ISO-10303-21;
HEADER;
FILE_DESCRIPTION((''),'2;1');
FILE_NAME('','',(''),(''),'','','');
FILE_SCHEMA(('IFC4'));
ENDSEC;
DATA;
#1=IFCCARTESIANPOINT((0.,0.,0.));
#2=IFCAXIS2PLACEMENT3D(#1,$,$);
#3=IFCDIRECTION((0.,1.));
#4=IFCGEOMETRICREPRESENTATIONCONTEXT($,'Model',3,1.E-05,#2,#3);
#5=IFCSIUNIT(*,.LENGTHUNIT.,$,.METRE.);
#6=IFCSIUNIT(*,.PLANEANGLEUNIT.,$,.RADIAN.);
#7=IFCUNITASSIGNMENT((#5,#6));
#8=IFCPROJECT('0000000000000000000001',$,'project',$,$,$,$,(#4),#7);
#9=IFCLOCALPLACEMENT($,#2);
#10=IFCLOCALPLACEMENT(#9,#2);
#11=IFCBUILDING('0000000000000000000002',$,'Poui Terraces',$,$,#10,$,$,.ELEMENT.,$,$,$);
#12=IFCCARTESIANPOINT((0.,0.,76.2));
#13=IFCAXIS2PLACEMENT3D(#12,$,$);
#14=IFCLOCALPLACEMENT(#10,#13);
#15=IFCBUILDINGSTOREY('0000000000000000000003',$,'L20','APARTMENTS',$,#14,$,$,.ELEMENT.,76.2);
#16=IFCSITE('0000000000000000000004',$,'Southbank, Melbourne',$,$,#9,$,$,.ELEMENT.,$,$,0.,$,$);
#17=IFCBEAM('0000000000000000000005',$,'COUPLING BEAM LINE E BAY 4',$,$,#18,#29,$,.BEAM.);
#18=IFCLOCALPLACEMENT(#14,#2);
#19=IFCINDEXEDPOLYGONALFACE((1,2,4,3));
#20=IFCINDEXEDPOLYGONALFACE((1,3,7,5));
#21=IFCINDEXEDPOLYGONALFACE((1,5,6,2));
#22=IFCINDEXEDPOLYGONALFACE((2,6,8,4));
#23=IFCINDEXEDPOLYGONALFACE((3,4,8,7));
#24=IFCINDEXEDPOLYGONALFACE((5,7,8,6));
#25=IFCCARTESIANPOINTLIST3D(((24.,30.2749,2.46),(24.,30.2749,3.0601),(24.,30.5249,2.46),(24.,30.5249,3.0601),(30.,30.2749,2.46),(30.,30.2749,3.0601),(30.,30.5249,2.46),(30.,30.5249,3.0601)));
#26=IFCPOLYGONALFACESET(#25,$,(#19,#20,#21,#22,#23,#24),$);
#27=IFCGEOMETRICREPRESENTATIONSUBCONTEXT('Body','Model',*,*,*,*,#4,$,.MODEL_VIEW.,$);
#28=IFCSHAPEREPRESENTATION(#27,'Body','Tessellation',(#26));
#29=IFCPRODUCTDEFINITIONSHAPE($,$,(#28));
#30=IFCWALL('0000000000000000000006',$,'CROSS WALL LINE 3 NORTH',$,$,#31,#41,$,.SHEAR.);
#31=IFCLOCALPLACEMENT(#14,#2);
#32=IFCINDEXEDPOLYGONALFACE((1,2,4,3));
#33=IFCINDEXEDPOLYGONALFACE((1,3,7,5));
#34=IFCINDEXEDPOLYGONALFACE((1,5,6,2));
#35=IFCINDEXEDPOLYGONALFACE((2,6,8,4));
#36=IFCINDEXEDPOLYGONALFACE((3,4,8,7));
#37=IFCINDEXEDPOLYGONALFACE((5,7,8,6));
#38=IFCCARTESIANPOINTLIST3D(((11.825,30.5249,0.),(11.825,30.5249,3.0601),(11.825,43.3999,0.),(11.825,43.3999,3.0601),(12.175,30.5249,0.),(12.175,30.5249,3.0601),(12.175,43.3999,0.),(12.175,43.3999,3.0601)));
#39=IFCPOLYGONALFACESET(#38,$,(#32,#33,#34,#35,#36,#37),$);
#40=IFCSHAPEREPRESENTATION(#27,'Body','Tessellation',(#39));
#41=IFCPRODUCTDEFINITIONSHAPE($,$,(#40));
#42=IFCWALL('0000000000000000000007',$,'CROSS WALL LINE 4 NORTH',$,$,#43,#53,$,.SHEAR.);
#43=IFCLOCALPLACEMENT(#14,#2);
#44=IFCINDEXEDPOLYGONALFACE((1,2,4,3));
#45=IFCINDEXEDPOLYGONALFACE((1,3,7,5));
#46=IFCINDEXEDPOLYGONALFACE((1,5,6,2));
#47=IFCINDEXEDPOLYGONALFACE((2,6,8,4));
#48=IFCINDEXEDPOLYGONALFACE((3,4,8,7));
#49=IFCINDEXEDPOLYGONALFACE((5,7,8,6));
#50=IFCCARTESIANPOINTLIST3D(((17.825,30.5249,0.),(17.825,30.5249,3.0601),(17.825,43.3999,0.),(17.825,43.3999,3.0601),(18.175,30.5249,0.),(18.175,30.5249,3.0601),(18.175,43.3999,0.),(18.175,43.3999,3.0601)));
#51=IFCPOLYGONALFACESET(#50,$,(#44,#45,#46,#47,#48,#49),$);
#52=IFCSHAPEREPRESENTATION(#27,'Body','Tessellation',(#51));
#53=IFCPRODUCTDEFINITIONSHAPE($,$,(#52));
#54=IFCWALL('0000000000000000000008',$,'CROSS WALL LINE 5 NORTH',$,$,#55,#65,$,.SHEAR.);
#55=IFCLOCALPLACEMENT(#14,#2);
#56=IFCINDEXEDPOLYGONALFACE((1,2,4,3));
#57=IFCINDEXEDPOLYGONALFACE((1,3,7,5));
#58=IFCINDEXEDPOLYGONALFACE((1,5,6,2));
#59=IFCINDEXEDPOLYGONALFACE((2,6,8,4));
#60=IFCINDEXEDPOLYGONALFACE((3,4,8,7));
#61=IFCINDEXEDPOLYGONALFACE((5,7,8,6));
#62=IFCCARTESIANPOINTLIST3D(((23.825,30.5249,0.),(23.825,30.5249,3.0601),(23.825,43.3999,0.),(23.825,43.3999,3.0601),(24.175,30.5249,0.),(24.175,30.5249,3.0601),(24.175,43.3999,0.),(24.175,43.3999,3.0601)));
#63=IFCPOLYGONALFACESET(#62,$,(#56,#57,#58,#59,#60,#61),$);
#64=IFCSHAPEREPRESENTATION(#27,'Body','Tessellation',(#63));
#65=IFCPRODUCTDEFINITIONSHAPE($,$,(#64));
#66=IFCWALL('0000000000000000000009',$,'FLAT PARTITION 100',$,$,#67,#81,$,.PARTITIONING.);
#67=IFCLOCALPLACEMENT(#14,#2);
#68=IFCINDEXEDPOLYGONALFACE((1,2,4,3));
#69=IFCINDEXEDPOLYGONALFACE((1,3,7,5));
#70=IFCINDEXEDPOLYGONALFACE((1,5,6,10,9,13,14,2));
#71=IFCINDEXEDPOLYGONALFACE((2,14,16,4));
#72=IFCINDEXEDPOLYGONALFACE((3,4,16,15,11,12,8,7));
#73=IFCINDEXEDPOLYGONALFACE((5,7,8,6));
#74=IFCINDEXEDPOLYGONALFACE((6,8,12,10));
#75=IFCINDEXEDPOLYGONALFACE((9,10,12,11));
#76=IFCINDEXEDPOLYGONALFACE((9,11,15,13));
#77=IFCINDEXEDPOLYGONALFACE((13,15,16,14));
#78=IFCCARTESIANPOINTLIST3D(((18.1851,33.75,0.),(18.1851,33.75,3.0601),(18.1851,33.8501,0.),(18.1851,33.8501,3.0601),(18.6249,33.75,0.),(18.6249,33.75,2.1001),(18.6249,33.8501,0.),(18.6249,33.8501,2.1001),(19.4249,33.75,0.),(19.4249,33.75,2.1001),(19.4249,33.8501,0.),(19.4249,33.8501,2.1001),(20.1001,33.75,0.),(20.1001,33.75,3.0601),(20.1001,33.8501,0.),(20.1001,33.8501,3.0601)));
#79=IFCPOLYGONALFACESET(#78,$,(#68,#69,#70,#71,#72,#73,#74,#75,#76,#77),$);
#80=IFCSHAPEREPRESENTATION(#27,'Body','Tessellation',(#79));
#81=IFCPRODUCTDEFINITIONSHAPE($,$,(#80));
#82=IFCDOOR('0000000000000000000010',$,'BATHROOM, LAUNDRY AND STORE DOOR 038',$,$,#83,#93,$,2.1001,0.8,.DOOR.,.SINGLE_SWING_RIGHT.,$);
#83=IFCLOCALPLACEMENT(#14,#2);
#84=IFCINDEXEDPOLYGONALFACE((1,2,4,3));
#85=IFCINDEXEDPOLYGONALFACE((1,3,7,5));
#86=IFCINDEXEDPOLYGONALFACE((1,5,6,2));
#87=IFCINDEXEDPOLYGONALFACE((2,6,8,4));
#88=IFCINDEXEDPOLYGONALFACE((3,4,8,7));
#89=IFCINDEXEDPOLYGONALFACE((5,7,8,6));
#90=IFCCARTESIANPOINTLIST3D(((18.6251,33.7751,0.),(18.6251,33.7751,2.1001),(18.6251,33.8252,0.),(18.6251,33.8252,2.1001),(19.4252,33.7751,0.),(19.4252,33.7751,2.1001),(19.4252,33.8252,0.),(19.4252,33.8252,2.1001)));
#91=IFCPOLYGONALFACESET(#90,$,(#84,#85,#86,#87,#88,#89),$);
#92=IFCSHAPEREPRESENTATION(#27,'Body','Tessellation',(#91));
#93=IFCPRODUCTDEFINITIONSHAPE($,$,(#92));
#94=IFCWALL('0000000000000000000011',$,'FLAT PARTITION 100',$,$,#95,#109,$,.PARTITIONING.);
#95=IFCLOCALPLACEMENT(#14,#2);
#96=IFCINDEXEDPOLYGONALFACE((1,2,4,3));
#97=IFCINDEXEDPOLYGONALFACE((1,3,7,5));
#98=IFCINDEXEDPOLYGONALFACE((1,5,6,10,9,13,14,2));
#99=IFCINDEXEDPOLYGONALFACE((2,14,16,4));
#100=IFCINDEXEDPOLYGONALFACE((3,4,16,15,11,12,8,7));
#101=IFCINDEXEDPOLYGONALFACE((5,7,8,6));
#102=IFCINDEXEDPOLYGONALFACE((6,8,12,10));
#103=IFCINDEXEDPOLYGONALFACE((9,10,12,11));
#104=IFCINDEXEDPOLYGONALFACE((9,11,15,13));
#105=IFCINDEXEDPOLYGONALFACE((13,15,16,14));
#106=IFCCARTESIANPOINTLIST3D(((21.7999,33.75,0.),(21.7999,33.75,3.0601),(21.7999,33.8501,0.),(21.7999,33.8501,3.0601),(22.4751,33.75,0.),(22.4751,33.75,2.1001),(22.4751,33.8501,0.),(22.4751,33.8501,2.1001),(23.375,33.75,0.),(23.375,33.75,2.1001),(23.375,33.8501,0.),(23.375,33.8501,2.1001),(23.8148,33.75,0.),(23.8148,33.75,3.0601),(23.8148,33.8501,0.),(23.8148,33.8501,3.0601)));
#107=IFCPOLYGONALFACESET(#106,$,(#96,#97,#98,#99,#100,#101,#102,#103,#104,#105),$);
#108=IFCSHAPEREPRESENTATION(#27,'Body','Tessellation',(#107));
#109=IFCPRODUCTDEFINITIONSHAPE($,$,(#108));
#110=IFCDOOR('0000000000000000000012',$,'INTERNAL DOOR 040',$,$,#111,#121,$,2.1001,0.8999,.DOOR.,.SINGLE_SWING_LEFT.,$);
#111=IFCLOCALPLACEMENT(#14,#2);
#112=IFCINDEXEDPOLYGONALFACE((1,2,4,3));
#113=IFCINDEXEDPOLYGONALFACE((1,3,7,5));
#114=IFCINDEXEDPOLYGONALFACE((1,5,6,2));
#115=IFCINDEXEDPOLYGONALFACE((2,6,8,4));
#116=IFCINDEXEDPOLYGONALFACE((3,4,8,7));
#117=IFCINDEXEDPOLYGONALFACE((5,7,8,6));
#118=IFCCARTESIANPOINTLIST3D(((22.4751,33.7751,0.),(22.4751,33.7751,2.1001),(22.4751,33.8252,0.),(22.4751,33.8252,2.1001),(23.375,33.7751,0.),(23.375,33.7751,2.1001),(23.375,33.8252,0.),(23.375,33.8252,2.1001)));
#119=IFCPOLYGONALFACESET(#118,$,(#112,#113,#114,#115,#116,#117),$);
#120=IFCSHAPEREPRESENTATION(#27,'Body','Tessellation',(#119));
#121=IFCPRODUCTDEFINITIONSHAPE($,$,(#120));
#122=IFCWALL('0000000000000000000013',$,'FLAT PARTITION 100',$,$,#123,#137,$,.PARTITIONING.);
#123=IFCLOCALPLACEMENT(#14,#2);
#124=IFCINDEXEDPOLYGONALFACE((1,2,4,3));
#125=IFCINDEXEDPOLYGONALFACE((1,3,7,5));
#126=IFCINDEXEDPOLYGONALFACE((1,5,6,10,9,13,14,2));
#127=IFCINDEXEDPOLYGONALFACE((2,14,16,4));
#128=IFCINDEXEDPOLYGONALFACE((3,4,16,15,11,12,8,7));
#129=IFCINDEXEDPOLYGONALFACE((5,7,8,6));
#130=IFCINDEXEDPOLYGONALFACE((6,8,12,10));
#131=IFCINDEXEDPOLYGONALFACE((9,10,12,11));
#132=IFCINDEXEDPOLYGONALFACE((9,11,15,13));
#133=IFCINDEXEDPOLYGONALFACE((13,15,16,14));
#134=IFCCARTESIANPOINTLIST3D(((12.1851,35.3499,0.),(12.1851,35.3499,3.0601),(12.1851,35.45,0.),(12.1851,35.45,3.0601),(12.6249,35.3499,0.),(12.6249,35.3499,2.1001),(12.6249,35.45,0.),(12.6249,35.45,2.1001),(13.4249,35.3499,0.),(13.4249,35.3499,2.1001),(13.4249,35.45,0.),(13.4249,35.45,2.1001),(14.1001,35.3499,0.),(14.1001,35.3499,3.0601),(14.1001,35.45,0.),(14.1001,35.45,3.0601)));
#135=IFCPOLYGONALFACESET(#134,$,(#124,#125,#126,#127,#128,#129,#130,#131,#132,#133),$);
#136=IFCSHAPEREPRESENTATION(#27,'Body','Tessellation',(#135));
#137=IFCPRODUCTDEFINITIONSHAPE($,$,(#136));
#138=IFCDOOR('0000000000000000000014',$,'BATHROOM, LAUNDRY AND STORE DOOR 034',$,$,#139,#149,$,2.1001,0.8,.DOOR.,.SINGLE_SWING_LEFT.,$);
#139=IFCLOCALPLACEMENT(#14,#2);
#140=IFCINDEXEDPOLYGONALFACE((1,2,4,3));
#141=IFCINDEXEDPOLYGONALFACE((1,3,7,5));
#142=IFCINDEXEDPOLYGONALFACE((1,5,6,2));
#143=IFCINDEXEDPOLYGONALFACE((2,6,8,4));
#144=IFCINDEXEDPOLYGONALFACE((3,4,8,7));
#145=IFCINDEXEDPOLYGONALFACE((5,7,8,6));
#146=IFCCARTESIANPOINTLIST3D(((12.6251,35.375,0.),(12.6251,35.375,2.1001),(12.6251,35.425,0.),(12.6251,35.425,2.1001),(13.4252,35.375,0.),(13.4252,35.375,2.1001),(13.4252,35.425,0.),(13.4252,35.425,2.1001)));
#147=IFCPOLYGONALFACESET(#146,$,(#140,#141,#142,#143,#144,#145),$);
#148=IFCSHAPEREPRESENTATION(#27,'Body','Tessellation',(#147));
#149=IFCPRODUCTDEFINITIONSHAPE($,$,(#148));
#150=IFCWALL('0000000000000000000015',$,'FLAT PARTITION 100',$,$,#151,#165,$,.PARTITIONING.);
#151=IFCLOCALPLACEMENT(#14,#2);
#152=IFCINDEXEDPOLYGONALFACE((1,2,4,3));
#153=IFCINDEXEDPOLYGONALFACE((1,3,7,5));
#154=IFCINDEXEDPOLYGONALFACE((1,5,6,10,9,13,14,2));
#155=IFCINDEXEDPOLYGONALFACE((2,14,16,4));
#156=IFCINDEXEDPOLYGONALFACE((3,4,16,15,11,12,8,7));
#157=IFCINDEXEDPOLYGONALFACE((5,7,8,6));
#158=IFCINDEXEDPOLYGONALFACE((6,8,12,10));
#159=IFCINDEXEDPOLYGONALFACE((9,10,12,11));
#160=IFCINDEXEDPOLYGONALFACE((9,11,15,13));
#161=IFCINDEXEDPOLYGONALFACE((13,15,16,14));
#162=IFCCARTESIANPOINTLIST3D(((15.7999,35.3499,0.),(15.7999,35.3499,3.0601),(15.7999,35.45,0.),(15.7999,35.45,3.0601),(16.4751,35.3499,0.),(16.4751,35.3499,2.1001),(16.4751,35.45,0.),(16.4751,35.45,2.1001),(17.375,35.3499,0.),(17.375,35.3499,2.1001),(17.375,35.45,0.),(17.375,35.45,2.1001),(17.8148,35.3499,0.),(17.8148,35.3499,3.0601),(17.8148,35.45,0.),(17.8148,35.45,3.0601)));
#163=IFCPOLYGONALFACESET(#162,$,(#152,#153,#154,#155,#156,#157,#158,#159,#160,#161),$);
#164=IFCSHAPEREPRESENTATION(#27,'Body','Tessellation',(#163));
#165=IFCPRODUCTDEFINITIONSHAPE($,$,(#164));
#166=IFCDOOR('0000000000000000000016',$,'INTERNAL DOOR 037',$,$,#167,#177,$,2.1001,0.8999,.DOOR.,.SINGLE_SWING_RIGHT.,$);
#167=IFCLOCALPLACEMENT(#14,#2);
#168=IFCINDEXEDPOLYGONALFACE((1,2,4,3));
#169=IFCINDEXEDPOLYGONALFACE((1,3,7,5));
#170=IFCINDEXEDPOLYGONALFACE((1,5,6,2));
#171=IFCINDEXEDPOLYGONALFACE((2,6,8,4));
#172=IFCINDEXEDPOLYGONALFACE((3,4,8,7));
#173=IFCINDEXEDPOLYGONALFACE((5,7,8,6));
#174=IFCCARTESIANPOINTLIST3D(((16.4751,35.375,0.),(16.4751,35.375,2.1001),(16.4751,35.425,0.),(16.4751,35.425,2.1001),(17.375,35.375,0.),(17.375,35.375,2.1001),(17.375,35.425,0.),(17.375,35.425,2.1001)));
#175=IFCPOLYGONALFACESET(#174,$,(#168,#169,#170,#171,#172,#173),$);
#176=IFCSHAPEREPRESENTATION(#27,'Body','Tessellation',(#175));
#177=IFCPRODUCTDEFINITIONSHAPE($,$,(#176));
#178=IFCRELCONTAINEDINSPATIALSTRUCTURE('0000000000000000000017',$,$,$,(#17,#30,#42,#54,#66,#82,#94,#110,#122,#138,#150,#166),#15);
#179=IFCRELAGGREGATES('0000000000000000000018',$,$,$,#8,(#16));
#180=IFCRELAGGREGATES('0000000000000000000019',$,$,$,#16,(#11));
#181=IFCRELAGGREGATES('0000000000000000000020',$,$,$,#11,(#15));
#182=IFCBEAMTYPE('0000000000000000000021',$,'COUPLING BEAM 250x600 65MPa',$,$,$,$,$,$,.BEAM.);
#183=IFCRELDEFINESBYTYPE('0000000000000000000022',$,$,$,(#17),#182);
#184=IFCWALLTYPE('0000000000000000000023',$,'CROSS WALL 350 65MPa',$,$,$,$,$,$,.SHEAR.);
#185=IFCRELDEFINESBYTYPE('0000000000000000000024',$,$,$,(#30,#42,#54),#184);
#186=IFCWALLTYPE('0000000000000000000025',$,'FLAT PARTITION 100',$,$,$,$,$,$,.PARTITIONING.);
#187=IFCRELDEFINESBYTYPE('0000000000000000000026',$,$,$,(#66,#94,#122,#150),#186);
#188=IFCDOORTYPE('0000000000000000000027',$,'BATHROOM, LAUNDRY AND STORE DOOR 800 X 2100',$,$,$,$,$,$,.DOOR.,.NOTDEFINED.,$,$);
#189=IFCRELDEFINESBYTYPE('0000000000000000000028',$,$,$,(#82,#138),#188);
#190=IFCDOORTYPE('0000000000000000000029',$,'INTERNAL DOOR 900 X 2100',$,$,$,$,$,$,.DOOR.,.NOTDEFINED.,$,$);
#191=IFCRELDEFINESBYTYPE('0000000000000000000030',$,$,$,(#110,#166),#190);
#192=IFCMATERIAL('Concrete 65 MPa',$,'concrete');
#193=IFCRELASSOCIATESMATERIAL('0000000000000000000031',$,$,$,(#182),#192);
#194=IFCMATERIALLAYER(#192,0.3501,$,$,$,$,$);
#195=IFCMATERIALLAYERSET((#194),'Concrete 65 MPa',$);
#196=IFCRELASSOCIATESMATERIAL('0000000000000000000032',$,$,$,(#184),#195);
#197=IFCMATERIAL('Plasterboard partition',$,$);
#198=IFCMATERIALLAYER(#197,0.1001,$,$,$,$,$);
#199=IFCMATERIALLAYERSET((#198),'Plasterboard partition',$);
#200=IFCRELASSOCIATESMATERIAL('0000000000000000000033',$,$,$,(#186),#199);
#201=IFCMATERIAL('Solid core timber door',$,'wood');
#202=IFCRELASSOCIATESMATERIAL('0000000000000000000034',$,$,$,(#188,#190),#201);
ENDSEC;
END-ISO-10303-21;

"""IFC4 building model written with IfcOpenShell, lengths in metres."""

from ifc_helpers import new_model, si_unit, direction, frame, frame_2d, origin, origin_2d, place, context, subcontext, project, spatial, rectangle, extrude, source, transform, mapped, material, layer, layer_set, material_profile, profile_set, type_object, element, fill, save


model = new_model("IFC4")

# Units and contexts
model_context = context("Model", 3, precision=1e-05, world=origin(), true_north=direction((0.0, 1.0)))
body_context = subcontext(model_context, "Body", "Model", "MODEL_VIEW")
ifc_project = project(units=[si_unit("LENGTHUNIT", "METRE"), si_unit("PLANEANGLEUNIT", "RADIAN")], contexts=[model_context])

# Site, building, storey
site_placement = place(None, origin())
site = spatial("IfcSite", under=ifc_project, at=site_placement, Name="Southbank, Melbourne", CompositionType="ELEMENT", RefElevation=0.0)
building_placement = place(site_placement, origin())
building = spatial("IfcBuilding", under=site, at=building_placement, Name="Poui Terraces", CompositionType="ELEMENT")
storey_placement = place(building_placement, frame((0.0, 0.0, 76.2)))
storey = spatial("IfcBuildingStorey", under=building, at=storey_placement, Name="L20", Description="APARTMENTS", CompositionType="ELEMENT", Elevation=76.2)

# Beam
ifc_material_1 = material(Name="Concrete 65 MPa", Category="concrete")
ifc_material_profile_1 = material_profile(ifc_material_1, rectangle(XDim=0.25, YDim=0.6001, at=origin_2d()), Name="RC 250x600")
ifc_profile_set_1 = profile_set([ifc_material_profile_1], Name="Concrete 65 MPa")
beam_type = type_object("IfcBeamType", Name="COUPLING BEAM 250x600 65MPa", PredefinedType="BEAM", material=ifc_profile_set_1)
shared_shape_1 = source(origin(), body_context, "Body", "SweptSolid", [
    extrude(rectangle(XDim=0.25, YDim=0.6001, at=origin_2d()), origin(), (0.0, 0.0, 1.0), 6.0),
])
beam_placement = place(storey_placement, frame((24.0, 30.3999, 2.76), z_axis=(1.0, 0.0, 0.0), x_axis=(0.0, 1.0, 0.0)))
element("IfcBeam", 1, at=beam_placement, inside=storey, type_object=beam_type, Name="COUPLING BEAM LINE E BAY 4", PredefinedType="BEAM", context=body_context, shape_type="MappedRepresentation", body=[
    mapped(shared_shape_1, transform((0.0, 0.0, 0.0))),
])

# Walls
ifc_layer_1 = layer(ifc_material_1, 0.3501)
ifc_layer_set_1 = layer_set([ifc_layer_1], Name="Concrete 65 MPa")
wall_type_1 = type_object("IfcWallType", Name="CROSS WALL 350 65MPa", PredefinedType="SHEAR", material=ifc_layer_set_1)
for number, where, z_axis, x_axis, name in (
    (2, (12.0, 30.5249, 0.0), (0.0, 0.0, 1.0), (0.0, 1.0, 0.0), "CROSS WALL LINE 3 NORTH"),
    (3, (18.0, 30.5249, 0.0), (0.0, 0.0, 1.0), (0.0, 1.0, 0.0), "CROSS WALL LINE 4 NORTH"),
    (4, (24.0, 30.5249, 0.0), (0.0, 0.0, 1.0), (0.0, 1.0, 0.0), "CROSS WALL LINE 5 NORTH"),
):
    element("IfcWall", number, at=place(storey_placement, frame(where, z_axis=z_axis, x_axis=x_axis)), inside=storey, type_object=wall_type_1, Name=name, PredefinedType="SHEAR", context=body_context, shape_type="SweptSolid", body=[
        extrude(rectangle(XDim=12.875, YDim=0.3501, at=frame_2d((6.4375, 0.0))), origin(), (0.0, 0.0, 1.0), 3.0601),
    ])

# Walls, openings, doors
ifc_material_2 = material(Name="Plasterboard partition")
ifc_layer_2 = layer(ifc_material_2, 0.1001)
ifc_layer_set_2 = layer_set([ifc_layer_2], Name="Plasterboard partition")
wall_type_2 = type_object("IfcWallType", Name="FLAT PARTITION 100", PredefinedType="PARTITIONING", material=ifc_layer_set_2)
wall_1_placement = place(storey_placement, frame((18.1851, 33.8, 0.0), z_axis=(0.0, 0.0, 1.0), x_axis=(1.0, 0.0, 0.0)))
wall_1 = element("IfcWall", 5, at=wall_1_placement, inside=storey, type_object=wall_type_2, Name="FLAT PARTITION 100", PredefinedType="PARTITIONING", context=body_context, shape_type="SweptSolid", body=[
    extrude(rectangle(XDim=1.915, YDim=0.1001, at=frame_2d((0.9575, 0.0))), origin(), (0.0, 0.0, 1.0), 3.0601),
])
opening_1_placement = place(wall_1_placement, frame((0.4399, 0.0, 0.0)))
opening_1 = element("IfcOpeningElement", 6, at=opening_1_placement, cuts=wall_1, PredefinedType="OPENING", context=body_context, shape_type="SweptSolid", body=[
    extrude(rectangle(XDim=0.8, YDim=2.1001, at=frame_2d((0.3999, 1.05))), frame((0.0, 0.0601, 0.0), z_axis=(0.0, -1.0, 0.0), x_axis=(1.0, 0.0, 0.0)), (0.0, 0.0, 1.0), 0.1201),
])
ifc_material_3 = material(Name="Solid core timber door", Category="wood")
door_type_1 = type_object("IfcDoorType", Name="BATHROOM, LAUNDRY AND STORE DOOR 800 X 2100", OperationType="NOTDEFINED", PredefinedType="DOOR", material=ifc_material_3)
door_1_placement = place(opening_1_placement, frame((0.8, 0.0, 0.0), z_axis=(0.0, 0.0, 1.0), x_axis=(-1.0, 0.0, 0.0)))
door_1 = element("IfcDoor", 7, at=door_1_placement, inside=storey, type_object=door_type_1, Name="BATHROOM, LAUNDRY AND STORE DOOR 038", OperationType="SINGLE_SWING_RIGHT", OverallHeight=2.1001, OverallWidth=0.8, PredefinedType="DOOR", context=body_context, shape_type="SweptSolid", body=[
    extrude(rectangle(XDim=0.8, YDim=2.1001, at=frame_2d((0.3999, 1.05))), frame((0.0, 0.0249, 0.0), z_axis=(0.0, -1.0, 0.0), x_axis=(1.0, 0.0, 0.0)), (0.0, 0.0, 1.0), 0.05),
])
fill(opening_1, door_1)
wall_2_placement = place(storey_placement, frame((21.8, 33.8, 0.0), z_axis=(0.0, 0.0, 1.0), x_axis=(1.0, 0.0, 0.0)))
wall_2 = element("IfcWall", 8, at=wall_2_placement, inside=storey, type_object=wall_type_2, Name="FLAT PARTITION 100", PredefinedType="PARTITIONING", context=body_context, shape_type="SweptSolid", body=[
    extrude(rectangle(XDim=2.0149, YDim=0.1001, at=frame_2d((1.0073, 0.0))), origin(), (0.0, 0.0, 1.0), 3.0601),
])
opening_2_placement = place(wall_2_placement, frame((0.675, 0.0, 0.0)))
opening_2 = element("IfcOpeningElement", 9, at=opening_2_placement, cuts=wall_2, PredefinedType="OPENING", context=body_context, shape_type="SweptSolid", body=[
    extrude(rectangle(XDim=0.8999, YDim=2.1001, at=frame_2d((0.45, 1.05))), frame((0.0, 0.0601, 0.0), z_axis=(0.0, -1.0, 0.0), x_axis=(1.0, 0.0, 0.0)), (0.0, 0.0, 1.0), 0.1201),
])
door_type_2 = type_object("IfcDoorType", Name="INTERNAL DOOR 900 X 2100", OperationType="NOTDEFINED", PredefinedType="DOOR", material=ifc_material_3)
door_2_placement = place(opening_2_placement, frame((0.8999, 0.0, 0.0), z_axis=(0.0, 0.0, 1.0), x_axis=(-1.0, 0.0, 0.0)))
door_2 = element("IfcDoor", 10, at=door_2_placement, inside=storey, type_object=door_type_2, Name="INTERNAL DOOR 040", OperationType="SINGLE_SWING_LEFT", OverallHeight=2.1001, OverallWidth=0.8999, PredefinedType="DOOR", context=body_context, shape_type="SweptSolid", body=[
    extrude(rectangle(XDim=0.8999, YDim=2.1001, at=frame_2d((0.45, 1.05))), frame((0.0, 0.0249, 0.0), z_axis=(0.0, -1.0, 0.0), x_axis=(1.0, 0.0, 0.0)), (0.0, 0.0, 1.0), 0.05),
])
fill(opening_2, door_2)
wall_3_placement = place(storey_placement, frame((12.1851, 35.3999, 0.0), z_axis=(0.0, 0.0, 1.0), x_axis=(1.0, 0.0, 0.0)))
wall_3 = element("IfcWall", 11, at=wall_3_placement, inside=storey, type_object=wall_type_2, Name="FLAT PARTITION 100", PredefinedType="PARTITIONING", context=body_context, shape_type="SweptSolid", body=[
    extrude(rectangle(XDim=1.915, YDim=0.1001, at=frame_2d((0.9575, 0.0))), origin(), (0.0, 0.0, 1.0), 3.0601),
])
opening_3_placement = place(wall_3_placement, frame((0.4399, 0.0, 0.0)))
opening_3 = element("IfcOpeningElement", 12, at=opening_3_placement, cuts=wall_3, PredefinedType="OPENING", context=body_context, shape_type="SweptSolid", body=[
    extrude(rectangle(XDim=0.8, YDim=2.1001, at=frame_2d((0.3999, 1.05))), frame((0.0, 0.0601, 0.0), z_axis=(0.0, -1.0, 0.0), x_axis=(1.0, 0.0, 0.0)), (0.0, 0.0, 1.0), 0.1201),
])
door_3_placement = place(opening_3_placement, frame((0.8, 0.0, 0.0), z_axis=(0.0, 0.0, 1.0), x_axis=(-1.0, 0.0, 0.0)))
door_3 = element("IfcDoor", 13, at=door_3_placement, inside=storey, type_object=door_type_1, Name="BATHROOM, LAUNDRY AND STORE DOOR 034", OperationType="SINGLE_SWING_LEFT", OverallHeight=2.1001, OverallWidth=0.8, PredefinedType="DOOR", context=body_context, shape_type="SweptSolid", body=[
    extrude(rectangle(XDim=0.8, YDim=2.1001, at=frame_2d((0.3999, 1.05))), frame((0.0, 0.0249, 0.0), z_axis=(0.0, -1.0, 0.0), x_axis=(1.0, 0.0, 0.0)), (0.0, 0.0, 1.0), 0.05),
])
fill(opening_3, door_3)
wall_4_placement = place(storey_placement, frame((15.8, 35.3999, 0.0), z_axis=(0.0, 0.0, 1.0), x_axis=(1.0, 0.0, 0.0)))
wall_4 = element("IfcWall", 14, at=wall_4_placement, inside=storey, type_object=wall_type_2, Name="FLAT PARTITION 100", PredefinedType="PARTITIONING", context=body_context, shape_type="SweptSolid", body=[
    extrude(rectangle(XDim=2.0149, YDim=0.1001, at=frame_2d((1.0073, 0.0))), origin(), (0.0, 0.0, 1.0), 3.0601),
])
opening_4_placement = place(wall_4_placement, frame((0.675, 0.0, 0.0)))
opening_4 = element("IfcOpeningElement", 15, at=opening_4_placement, cuts=wall_4, PredefinedType="OPENING", context=body_context, shape_type="SweptSolid", body=[
    extrude(rectangle(XDim=0.8999, YDim=2.1001, at=frame_2d((0.45, 1.05))), frame((0.0, 0.0601, 0.0), z_axis=(0.0, -1.0, 0.0), x_axis=(1.0, 0.0, 0.0)), (0.0, 0.0, 1.0), 0.1201),
])
door_4_placement = place(opening_4_placement, frame((0.8999, 0.0, 0.0), z_axis=(0.0, 0.0, 1.0), x_axis=(-1.0, 0.0, 0.0)))
door_4 = element("IfcDoor", 16, at=door_4_placement, inside=storey, type_object=door_type_2, Name="INTERNAL DOOR 037", OperationType="SINGLE_SWING_RIGHT", OverallHeight=2.1001, OverallWidth=0.8999, PredefinedType="DOOR", context=body_context, shape_type="SweptSolid", body=[
    extrude(rectangle(XDim=0.8999, YDim=2.1001, at=frame_2d((0.45, 1.05))), frame((0.0, 0.0249, 0.0), z_axis=(0.0, -1.0, 0.0), x_axis=(1.0, 0.0, 0.0)), (0.0, 0.0, 1.0), 0.05),
])
fill(opening_4, door_4)

save(model, "model.ifc")
